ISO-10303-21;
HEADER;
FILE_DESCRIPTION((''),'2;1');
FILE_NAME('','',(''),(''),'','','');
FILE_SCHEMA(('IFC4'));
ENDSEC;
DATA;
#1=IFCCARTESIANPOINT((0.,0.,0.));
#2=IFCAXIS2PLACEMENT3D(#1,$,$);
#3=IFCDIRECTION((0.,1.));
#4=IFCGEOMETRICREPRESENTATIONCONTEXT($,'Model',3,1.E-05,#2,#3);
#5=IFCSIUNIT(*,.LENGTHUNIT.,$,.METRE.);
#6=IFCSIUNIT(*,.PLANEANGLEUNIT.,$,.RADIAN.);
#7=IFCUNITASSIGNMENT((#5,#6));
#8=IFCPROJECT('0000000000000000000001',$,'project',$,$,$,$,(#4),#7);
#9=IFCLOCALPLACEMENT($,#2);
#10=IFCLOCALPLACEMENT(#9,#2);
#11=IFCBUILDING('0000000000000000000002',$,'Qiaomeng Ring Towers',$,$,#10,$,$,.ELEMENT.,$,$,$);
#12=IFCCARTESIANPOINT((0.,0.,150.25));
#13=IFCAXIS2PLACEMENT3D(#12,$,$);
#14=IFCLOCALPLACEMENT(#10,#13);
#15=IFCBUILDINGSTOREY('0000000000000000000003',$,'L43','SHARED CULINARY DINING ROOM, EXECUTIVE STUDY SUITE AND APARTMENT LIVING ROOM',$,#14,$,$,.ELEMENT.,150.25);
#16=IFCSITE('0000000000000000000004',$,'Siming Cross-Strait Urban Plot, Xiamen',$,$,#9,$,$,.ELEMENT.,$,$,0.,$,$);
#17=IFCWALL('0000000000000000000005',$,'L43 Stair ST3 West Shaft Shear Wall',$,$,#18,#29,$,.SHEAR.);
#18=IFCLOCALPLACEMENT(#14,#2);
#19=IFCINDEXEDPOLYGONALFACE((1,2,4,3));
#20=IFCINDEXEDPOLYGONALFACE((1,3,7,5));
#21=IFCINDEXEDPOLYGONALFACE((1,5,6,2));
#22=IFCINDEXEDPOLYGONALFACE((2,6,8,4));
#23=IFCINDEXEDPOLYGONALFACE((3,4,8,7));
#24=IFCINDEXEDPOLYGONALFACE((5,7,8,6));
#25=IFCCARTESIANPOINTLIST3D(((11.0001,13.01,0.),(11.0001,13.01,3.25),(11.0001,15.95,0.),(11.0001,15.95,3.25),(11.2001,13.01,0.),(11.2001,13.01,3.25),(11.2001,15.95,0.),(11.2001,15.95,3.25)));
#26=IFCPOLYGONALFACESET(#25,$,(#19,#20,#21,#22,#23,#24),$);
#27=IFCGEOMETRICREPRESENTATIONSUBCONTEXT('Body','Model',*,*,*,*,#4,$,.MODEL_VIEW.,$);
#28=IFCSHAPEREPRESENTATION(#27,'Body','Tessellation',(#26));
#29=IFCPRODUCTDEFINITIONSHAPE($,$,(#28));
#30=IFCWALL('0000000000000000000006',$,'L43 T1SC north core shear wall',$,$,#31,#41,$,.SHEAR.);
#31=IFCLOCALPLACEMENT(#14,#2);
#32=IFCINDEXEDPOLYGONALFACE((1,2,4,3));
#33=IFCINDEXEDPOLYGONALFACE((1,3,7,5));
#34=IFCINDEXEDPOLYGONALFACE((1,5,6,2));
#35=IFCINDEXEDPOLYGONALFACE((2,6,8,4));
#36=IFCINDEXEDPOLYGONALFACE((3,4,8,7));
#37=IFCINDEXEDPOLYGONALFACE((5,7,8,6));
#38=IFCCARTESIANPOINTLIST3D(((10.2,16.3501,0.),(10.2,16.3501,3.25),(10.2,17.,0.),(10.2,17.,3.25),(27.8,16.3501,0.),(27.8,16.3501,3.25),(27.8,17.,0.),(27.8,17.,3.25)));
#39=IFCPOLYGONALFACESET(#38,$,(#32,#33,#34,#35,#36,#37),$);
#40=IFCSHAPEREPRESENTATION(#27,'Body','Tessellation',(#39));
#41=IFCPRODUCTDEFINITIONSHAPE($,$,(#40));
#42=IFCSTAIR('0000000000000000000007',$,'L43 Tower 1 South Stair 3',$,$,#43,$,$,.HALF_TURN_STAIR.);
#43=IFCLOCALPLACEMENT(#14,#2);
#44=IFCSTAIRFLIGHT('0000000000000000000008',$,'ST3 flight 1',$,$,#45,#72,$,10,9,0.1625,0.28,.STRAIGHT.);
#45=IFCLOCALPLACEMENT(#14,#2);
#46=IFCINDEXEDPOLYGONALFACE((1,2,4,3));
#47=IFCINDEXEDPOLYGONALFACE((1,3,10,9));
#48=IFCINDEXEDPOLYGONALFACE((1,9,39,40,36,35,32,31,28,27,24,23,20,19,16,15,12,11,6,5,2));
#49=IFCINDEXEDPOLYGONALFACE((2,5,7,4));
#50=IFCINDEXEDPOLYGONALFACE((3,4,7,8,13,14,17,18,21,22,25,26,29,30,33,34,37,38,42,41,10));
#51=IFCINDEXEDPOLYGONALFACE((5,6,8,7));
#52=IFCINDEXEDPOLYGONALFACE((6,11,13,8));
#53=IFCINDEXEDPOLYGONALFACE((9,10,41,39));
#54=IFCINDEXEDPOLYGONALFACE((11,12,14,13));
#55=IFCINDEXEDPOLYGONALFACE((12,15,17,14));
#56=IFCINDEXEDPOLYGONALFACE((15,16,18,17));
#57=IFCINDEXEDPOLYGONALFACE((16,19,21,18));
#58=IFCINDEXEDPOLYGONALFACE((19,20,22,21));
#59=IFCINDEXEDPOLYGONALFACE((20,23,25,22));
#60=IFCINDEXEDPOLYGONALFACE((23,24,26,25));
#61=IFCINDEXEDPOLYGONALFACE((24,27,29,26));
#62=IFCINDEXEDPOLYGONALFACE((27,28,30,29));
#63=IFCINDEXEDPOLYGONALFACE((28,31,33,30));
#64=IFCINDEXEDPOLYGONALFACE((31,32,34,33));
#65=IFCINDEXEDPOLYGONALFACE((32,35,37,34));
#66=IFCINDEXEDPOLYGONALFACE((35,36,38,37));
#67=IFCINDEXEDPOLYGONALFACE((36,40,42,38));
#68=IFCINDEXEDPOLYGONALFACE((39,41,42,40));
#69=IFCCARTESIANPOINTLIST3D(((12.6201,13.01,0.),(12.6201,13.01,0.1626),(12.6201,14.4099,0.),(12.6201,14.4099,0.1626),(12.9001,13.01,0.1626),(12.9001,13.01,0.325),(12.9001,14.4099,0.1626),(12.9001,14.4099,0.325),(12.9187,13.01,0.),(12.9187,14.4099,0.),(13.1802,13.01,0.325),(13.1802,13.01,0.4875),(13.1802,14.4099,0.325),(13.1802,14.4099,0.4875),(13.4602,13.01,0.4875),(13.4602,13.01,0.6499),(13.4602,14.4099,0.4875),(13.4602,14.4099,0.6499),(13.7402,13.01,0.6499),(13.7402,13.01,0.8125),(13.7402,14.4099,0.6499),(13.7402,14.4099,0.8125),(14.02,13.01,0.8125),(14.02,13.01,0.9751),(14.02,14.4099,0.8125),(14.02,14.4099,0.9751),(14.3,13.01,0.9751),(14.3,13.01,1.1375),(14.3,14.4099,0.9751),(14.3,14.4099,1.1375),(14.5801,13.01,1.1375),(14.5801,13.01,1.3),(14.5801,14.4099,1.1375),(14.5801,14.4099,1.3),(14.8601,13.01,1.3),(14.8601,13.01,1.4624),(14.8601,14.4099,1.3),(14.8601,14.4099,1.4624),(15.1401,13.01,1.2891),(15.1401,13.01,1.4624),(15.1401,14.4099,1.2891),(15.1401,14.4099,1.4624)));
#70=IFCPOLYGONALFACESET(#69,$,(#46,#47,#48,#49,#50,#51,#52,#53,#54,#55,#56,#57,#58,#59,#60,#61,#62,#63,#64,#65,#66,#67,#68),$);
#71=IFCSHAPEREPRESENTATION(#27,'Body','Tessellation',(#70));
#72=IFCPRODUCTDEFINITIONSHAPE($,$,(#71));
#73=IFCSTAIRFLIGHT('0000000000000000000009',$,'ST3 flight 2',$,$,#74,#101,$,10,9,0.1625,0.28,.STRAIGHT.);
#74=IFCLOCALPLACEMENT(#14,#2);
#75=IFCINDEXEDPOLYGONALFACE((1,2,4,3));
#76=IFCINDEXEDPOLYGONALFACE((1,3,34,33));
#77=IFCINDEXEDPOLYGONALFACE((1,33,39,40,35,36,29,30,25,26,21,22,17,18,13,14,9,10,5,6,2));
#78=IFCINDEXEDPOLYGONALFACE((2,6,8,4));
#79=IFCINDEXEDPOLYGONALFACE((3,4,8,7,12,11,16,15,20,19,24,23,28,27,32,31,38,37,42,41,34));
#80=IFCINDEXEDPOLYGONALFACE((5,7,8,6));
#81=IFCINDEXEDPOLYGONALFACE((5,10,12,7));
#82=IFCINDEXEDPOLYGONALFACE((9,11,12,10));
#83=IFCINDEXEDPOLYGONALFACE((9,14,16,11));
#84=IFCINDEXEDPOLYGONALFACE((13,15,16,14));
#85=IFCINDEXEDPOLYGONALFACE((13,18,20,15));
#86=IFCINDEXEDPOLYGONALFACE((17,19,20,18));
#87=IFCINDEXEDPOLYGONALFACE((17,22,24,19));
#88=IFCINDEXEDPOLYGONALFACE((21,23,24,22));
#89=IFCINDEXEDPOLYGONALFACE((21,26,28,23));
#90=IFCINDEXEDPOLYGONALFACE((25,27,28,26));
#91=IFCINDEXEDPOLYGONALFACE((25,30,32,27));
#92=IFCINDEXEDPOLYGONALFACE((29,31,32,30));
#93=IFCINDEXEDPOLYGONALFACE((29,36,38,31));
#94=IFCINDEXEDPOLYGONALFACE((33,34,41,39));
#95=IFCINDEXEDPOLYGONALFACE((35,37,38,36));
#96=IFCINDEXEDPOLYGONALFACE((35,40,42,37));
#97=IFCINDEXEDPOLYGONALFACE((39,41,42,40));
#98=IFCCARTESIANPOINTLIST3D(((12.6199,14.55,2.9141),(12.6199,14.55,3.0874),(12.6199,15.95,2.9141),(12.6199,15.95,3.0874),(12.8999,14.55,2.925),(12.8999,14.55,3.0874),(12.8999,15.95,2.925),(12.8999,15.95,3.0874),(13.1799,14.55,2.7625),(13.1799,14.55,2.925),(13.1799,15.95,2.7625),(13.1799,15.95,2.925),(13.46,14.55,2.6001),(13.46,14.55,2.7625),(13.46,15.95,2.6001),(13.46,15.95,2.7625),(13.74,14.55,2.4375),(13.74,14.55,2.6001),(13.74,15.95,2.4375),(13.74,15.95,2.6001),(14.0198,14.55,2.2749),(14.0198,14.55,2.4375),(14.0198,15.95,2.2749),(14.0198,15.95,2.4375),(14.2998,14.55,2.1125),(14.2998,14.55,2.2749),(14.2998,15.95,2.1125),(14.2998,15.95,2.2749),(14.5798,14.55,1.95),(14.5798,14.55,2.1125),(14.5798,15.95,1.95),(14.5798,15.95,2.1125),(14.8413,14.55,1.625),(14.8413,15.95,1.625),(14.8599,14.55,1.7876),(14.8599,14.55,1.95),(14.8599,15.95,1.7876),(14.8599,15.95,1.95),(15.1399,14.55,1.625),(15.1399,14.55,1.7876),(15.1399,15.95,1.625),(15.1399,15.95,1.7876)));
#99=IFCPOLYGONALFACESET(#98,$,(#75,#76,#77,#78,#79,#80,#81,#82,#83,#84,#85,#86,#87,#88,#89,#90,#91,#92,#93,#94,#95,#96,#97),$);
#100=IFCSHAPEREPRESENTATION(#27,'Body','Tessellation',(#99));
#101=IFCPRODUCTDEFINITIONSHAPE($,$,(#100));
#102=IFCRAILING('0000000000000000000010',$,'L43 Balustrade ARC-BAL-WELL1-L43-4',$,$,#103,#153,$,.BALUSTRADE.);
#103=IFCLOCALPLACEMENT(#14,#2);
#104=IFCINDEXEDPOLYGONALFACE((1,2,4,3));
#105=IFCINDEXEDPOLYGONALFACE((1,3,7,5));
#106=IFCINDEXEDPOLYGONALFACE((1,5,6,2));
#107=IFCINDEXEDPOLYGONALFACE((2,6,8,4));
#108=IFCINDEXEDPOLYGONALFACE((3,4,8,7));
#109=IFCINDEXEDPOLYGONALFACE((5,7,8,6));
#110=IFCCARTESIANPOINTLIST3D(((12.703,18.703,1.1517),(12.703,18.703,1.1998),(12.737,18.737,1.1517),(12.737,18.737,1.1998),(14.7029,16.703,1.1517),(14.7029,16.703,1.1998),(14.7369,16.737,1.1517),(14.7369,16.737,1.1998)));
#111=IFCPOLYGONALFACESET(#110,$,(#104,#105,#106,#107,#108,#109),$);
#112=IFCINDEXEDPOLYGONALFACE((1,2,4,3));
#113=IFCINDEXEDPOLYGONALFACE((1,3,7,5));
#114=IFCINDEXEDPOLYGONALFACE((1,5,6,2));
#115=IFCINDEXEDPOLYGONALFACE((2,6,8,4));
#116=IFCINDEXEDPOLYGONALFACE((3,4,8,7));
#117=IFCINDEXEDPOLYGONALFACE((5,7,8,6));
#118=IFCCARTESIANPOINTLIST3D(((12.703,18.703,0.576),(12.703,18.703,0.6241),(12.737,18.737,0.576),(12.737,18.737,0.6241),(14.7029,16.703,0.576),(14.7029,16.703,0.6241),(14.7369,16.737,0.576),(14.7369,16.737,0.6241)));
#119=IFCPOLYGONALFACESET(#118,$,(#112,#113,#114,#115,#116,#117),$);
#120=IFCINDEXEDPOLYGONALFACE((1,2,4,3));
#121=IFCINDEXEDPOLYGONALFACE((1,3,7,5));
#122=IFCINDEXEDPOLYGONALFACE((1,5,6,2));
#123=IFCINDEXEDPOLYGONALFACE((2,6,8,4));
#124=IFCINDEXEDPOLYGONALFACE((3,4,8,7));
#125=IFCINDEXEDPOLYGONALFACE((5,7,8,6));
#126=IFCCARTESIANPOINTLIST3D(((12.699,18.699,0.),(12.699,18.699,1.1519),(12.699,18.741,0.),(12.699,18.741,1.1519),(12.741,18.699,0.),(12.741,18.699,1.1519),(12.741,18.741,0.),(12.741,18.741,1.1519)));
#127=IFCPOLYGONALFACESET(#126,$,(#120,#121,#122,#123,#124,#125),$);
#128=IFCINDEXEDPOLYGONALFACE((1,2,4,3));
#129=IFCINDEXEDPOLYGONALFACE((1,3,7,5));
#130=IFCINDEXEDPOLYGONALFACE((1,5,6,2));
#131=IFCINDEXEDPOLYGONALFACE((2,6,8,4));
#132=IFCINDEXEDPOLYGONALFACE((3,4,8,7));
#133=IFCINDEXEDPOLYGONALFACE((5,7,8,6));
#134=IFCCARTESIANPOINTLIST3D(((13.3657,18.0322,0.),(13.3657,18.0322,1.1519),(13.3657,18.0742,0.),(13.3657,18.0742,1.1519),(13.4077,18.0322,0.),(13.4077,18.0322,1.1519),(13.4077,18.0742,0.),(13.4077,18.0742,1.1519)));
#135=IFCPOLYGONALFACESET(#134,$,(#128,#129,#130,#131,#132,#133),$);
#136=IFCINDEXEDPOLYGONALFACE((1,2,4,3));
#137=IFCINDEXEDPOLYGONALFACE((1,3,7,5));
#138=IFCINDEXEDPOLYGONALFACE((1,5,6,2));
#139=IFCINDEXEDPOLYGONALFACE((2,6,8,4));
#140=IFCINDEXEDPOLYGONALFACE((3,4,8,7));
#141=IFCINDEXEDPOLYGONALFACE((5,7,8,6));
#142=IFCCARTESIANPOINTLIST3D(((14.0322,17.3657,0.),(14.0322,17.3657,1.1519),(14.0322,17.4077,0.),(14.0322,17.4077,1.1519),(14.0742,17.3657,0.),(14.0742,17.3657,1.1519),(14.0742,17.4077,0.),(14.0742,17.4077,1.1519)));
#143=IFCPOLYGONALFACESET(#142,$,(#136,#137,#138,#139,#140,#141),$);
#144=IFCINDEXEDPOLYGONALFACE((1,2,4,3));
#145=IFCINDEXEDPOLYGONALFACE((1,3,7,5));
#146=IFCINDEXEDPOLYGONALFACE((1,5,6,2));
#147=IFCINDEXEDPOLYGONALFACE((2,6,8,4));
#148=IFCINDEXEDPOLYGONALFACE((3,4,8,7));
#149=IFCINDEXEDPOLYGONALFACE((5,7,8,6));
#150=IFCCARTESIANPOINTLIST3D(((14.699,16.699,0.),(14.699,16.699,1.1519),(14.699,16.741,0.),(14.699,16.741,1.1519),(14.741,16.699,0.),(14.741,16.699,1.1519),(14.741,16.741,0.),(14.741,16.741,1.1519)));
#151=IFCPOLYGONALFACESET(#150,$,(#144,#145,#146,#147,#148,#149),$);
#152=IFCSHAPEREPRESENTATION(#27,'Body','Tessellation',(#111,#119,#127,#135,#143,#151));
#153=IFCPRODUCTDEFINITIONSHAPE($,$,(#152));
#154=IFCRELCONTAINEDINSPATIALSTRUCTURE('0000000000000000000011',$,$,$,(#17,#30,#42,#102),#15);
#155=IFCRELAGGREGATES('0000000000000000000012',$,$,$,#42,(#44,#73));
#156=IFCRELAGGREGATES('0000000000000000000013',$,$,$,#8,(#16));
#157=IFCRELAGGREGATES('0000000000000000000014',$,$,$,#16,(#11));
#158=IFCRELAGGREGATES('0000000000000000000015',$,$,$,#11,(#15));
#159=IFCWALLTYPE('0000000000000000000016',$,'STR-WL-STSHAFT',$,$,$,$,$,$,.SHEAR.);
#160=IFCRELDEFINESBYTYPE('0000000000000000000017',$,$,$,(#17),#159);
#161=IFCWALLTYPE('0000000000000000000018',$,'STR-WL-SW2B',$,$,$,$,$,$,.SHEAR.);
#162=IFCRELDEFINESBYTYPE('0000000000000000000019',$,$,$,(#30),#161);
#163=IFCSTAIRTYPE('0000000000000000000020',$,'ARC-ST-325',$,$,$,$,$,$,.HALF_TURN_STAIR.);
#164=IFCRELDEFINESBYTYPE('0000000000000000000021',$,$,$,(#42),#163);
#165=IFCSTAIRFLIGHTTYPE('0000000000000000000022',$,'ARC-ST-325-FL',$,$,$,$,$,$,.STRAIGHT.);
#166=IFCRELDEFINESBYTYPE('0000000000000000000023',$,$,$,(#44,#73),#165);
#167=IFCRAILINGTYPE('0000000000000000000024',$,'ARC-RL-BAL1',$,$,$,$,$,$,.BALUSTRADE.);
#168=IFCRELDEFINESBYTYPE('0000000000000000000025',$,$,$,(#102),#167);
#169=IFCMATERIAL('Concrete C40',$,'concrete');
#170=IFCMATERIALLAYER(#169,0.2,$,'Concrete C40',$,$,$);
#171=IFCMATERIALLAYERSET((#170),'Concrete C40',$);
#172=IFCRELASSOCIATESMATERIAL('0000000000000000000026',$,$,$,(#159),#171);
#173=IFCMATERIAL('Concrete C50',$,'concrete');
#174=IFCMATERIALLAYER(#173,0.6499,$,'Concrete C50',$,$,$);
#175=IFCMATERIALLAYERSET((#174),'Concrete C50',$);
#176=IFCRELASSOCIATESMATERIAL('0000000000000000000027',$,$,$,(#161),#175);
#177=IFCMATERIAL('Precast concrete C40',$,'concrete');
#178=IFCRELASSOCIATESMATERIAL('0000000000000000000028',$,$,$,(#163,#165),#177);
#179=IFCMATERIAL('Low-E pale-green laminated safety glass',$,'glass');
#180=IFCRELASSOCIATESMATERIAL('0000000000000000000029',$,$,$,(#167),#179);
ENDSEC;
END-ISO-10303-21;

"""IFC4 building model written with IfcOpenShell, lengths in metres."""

from ifc_helpers import new_model, si_unit, direction, frame, frame_2d, origin, origin_2d, place, context, subcontext, project, spatial, polyline, rectangle, outline, extrude, source, transform, mapped, material, layer, layer_set, type_object, element, aggregate, save


model = new_model("IFC4")

# Units and contexts
model_context = context("Model", 3, precision=1e-05, world=origin(), true_north=direction((0.0, 1.0)))
body_context = subcontext(model_context, "Body", "Model", "MODEL_VIEW")
ifc_project = project(units=[si_unit("LENGTHUNIT", "METRE"), si_unit("PLANEANGLEUNIT", "RADIAN")], contexts=[model_context])

# Site, building, storey
site_placement = place(None, origin())
site = spatial("IfcSite", under=ifc_project, at=site_placement, Name="Siming Cross-Strait Urban Plot, Xiamen", CompositionType="ELEMENT", RefElevation=0.0)
building_placement = place(site_placement, origin())
building = spatial("IfcBuilding", under=site, at=building_placement, Name="Qiaomeng Ring Towers", CompositionType="ELEMENT")
storey_placement = place(building_placement, frame((0.0, 0.0, 150.25)))
storey = spatial("IfcBuildingStorey", under=building, at=storey_placement, Name="L43", Description="SHARED CULINARY DINING ROOM, EXECUTIVE STUDY SUITE AND APARTMENT LIVING ROOM", CompositionType="ELEMENT", Elevation=150.25)

# Shared definitions
ifc_material_1 = material(Name="Concrete C50", Category="concrete")

# Shared definitions
ifc_material_2 = material(Name="Concrete C40", Category="concrete")
ifc_layer_1 = layer(ifc_material_2, 0.2, Name="Concrete C40")
ifc_layer_set_1 = layer_set([ifc_layer_1], Name="Concrete C40")
wall_type_1 = type_object("IfcWallType", Name="STR-WL-STSHAFT", PredefinedType="SHEAR", material=ifc_layer_set_1)

# Walls
wall_1_placement = place(storey_placement, frame((11.1001, 13.01, 0.0), z_axis=(0.0, 0.0, 1.0), x_axis=(0.0, 1.0, 0.0)))
element("IfcWall", 1, at=wall_1_placement, inside=storey, type_object=wall_type_1, Name="L43 Stair ST3 West Shaft Shear Wall", PredefinedType="SHEAR", context=body_context, shape_type="SweptSolid", body=[
    extrude(rectangle(XDim=2.9399, YDim=0.2, at=frame_2d((1.47, 0.0))), origin(), (0.0, 0.0, 1.0), 3.25),
])
ifc_layer_2 = layer(ifc_material_1, 0.6499, Name="Concrete C50")
ifc_layer_set_2 = layer_set([ifc_layer_2], Name="Concrete C50")
wall_type_2 = type_object("IfcWallType", Name="STR-WL-SW2B", PredefinedType="SHEAR", material=ifc_layer_set_2)
wall_2_placement = place(storey_placement, frame((10.2, 16.675, 0.0), z_axis=(0.0, 0.0, 1.0), x_axis=(1.0, 0.0, 0.0)))
element("IfcWall", 2, at=wall_2_placement, inside=storey, type_object=wall_type_2, Name="L43 T1SC north core shear wall", PredefinedType="SHEAR", context=body_context, shape_type="SweptSolid", body=[
    extrude(rectangle(XDim=17.6001, YDim=0.6499, at=frame_2d((8.8, 0.0))), origin(), (0.0, 0.0, 1.0), 3.25),
])

# Stair, stair flights
ifc_material_3 = material(Name="Precast concrete C40", Category="concrete")
stair_type = type_object("IfcStairType", Name="ARC-ST-325", PredefinedType="HALF_TURN_STAIR", material=ifc_material_3)
stair_placement = place(storey_placement, origin())
stair = element("IfcStair", 3, at=stair_placement, inside=storey, type_object=stair_type, Name="L43 Tower 1 South Stair 3", PredefinedType="HALF_TURN_STAIR")
stair_flight_type = type_object("IfcStairFlightType", Name="ARC-ST-325-FL", PredefinedType="STRAIGHT", material=ifc_material_3)
shared_shape_1 = source(origin(), body_context, "Body", "SweptSolid", [
    extrude(outline(polyline([(0.0, 0.0), (0.0, 0.1626), (0.28, 0.1626), (0.28, 0.325), (0.5601, 0.325), (0.5601, 0.4875), (0.8401, 0.4875), (0.8401, 0.6499), (1.1201, 0.6499), (1.1201, 0.8125), (1.3999, 0.8125), (1.3999, 0.9751), (1.6799, 0.9751), (1.6799, 1.1375), (1.96, 1.1375), (1.96, 1.3), (2.24, 1.3), (2.24, 1.4624), (2.52, 1.4624), (2.52, 1.625), (2.52, 1.2891), (0.2986, 0.0), (0.0, 0.0)])), frame((0.0, 0.7, 0.0), z_axis=(0.0, -1.0, 0.0), x_axis=(1.0, 0.0, 0.0)), (0.0, 0.0, 1.0), 1.3999),
])
stair_flight_1_placement = place(storey_placement, frame((12.6201, 13.71, 0.0), z_axis=(0.0, 0.0, 1.0), x_axis=(1.0, 0.0, 0.0)))
stair_flight_1 = element("IfcStairFlight", 4, at=stair_flight_1_placement, type_object=stair_flight_type, Name="ST3 flight 1", NumberOfRisers=10, NumberOfTreads=9, PredefinedType="STRAIGHT", RiserHeight=0.1625, TreadLength=0.28, context=body_context, shape_type="MappedRepresentation", body=[
    mapped(shared_shape_1, transform((0.0, 0.0, 0.0), x_axis=(1.0, 0.0, 0.0), y_axis=(0.0, 1.0, 0.0), z_axis=(0.0, 0.0, 1.0), scale=1.0)),
])
stair_flight_2_placement = place(storey_placement, frame((15.1399, 15.25, 1.625), z_axis=(0.0, 0.0, 1.0), x_axis=(-1.0, 0.0, 0.0)))
stair_flight_2 = element("IfcStairFlight", 5, at=stair_flight_2_placement, type_object=stair_flight_type, Name="ST3 flight 2", NumberOfRisers=10, NumberOfTreads=9, PredefinedType="STRAIGHT", RiserHeight=0.1625, TreadLength=0.28, context=body_context, shape_type="MappedRepresentation", body=[
    mapped(shared_shape_1, transform((0.0, 0.0, 0.0), x_axis=(1.0, 0.0, 0.0), y_axis=(0.0, 1.0, 0.0), z_axis=(0.0, 0.0, 1.0), scale=1.0)),
])
aggregate(stair, [stair_flight_1, stair_flight_2])

# Railing
ifc_material_4 = material(Name="Low-E pale-green laminated safety glass", Category="glass")
railing_type_1 = type_object("IfcRailingType", Name="ARC-RL-BAL1", PredefinedType="BALUSTRADE", material=ifc_material_4)
railing_1_placement = place(storey_placement, frame((12.72, 18.72, 0.0)))
element("IfcRailing", 6, at=railing_1_placement, inside=storey, type_object=railing_type_1, Name="L43 Balustrade ARC-BAL-WELL1-L43-4", PredefinedType="BALUSTRADE", context=body_context, shape_type="SweptSolid", body=[
    extrude(rectangle(XDim=0.0481, YDim=0.0481, at=origin_2d()), frame((0.0, 0.0, 1.1758), z_axis=(0.707107, -0.707107, 0.0), x_axis=(0.707107, 0.707107, 0.0)), (0.0, 0.0, 1.0), 2.8284),
    extrude(rectangle(XDim=0.0481, YDim=0.0481, at=origin_2d()), frame((0.0, 0.0, 0.6001), z_axis=(0.707107, -0.707107, 0.0), x_axis=(0.707107, 0.707107, 0.0)), (0.0, 0.0, 1.0), 2.8284),
    extrude(rectangle(XDim=0.042, YDim=0.042, at=origin_2d()), origin(), (0.0, 0.0, 1.0), 1.1519),
    extrude(rectangle(XDim=0.042, YDim=0.042, at=origin_2d()), frame((0.6667, -0.6667, 0.0)), (0.0, 0.0, 1.0), 1.1519),
    extrude(rectangle(XDim=0.042, YDim=0.042, at=origin_2d()), frame((1.3333, -1.3333, 0.0)), (0.0, 0.0, 1.0), 1.1519),
    extrude(rectangle(XDim=0.042, YDim=0.042, at=origin_2d()), frame((2.0, -2.0, 0.0)), (0.0, 0.0, 1.0), 1.1519),
])

save(model, "model.ifc")
